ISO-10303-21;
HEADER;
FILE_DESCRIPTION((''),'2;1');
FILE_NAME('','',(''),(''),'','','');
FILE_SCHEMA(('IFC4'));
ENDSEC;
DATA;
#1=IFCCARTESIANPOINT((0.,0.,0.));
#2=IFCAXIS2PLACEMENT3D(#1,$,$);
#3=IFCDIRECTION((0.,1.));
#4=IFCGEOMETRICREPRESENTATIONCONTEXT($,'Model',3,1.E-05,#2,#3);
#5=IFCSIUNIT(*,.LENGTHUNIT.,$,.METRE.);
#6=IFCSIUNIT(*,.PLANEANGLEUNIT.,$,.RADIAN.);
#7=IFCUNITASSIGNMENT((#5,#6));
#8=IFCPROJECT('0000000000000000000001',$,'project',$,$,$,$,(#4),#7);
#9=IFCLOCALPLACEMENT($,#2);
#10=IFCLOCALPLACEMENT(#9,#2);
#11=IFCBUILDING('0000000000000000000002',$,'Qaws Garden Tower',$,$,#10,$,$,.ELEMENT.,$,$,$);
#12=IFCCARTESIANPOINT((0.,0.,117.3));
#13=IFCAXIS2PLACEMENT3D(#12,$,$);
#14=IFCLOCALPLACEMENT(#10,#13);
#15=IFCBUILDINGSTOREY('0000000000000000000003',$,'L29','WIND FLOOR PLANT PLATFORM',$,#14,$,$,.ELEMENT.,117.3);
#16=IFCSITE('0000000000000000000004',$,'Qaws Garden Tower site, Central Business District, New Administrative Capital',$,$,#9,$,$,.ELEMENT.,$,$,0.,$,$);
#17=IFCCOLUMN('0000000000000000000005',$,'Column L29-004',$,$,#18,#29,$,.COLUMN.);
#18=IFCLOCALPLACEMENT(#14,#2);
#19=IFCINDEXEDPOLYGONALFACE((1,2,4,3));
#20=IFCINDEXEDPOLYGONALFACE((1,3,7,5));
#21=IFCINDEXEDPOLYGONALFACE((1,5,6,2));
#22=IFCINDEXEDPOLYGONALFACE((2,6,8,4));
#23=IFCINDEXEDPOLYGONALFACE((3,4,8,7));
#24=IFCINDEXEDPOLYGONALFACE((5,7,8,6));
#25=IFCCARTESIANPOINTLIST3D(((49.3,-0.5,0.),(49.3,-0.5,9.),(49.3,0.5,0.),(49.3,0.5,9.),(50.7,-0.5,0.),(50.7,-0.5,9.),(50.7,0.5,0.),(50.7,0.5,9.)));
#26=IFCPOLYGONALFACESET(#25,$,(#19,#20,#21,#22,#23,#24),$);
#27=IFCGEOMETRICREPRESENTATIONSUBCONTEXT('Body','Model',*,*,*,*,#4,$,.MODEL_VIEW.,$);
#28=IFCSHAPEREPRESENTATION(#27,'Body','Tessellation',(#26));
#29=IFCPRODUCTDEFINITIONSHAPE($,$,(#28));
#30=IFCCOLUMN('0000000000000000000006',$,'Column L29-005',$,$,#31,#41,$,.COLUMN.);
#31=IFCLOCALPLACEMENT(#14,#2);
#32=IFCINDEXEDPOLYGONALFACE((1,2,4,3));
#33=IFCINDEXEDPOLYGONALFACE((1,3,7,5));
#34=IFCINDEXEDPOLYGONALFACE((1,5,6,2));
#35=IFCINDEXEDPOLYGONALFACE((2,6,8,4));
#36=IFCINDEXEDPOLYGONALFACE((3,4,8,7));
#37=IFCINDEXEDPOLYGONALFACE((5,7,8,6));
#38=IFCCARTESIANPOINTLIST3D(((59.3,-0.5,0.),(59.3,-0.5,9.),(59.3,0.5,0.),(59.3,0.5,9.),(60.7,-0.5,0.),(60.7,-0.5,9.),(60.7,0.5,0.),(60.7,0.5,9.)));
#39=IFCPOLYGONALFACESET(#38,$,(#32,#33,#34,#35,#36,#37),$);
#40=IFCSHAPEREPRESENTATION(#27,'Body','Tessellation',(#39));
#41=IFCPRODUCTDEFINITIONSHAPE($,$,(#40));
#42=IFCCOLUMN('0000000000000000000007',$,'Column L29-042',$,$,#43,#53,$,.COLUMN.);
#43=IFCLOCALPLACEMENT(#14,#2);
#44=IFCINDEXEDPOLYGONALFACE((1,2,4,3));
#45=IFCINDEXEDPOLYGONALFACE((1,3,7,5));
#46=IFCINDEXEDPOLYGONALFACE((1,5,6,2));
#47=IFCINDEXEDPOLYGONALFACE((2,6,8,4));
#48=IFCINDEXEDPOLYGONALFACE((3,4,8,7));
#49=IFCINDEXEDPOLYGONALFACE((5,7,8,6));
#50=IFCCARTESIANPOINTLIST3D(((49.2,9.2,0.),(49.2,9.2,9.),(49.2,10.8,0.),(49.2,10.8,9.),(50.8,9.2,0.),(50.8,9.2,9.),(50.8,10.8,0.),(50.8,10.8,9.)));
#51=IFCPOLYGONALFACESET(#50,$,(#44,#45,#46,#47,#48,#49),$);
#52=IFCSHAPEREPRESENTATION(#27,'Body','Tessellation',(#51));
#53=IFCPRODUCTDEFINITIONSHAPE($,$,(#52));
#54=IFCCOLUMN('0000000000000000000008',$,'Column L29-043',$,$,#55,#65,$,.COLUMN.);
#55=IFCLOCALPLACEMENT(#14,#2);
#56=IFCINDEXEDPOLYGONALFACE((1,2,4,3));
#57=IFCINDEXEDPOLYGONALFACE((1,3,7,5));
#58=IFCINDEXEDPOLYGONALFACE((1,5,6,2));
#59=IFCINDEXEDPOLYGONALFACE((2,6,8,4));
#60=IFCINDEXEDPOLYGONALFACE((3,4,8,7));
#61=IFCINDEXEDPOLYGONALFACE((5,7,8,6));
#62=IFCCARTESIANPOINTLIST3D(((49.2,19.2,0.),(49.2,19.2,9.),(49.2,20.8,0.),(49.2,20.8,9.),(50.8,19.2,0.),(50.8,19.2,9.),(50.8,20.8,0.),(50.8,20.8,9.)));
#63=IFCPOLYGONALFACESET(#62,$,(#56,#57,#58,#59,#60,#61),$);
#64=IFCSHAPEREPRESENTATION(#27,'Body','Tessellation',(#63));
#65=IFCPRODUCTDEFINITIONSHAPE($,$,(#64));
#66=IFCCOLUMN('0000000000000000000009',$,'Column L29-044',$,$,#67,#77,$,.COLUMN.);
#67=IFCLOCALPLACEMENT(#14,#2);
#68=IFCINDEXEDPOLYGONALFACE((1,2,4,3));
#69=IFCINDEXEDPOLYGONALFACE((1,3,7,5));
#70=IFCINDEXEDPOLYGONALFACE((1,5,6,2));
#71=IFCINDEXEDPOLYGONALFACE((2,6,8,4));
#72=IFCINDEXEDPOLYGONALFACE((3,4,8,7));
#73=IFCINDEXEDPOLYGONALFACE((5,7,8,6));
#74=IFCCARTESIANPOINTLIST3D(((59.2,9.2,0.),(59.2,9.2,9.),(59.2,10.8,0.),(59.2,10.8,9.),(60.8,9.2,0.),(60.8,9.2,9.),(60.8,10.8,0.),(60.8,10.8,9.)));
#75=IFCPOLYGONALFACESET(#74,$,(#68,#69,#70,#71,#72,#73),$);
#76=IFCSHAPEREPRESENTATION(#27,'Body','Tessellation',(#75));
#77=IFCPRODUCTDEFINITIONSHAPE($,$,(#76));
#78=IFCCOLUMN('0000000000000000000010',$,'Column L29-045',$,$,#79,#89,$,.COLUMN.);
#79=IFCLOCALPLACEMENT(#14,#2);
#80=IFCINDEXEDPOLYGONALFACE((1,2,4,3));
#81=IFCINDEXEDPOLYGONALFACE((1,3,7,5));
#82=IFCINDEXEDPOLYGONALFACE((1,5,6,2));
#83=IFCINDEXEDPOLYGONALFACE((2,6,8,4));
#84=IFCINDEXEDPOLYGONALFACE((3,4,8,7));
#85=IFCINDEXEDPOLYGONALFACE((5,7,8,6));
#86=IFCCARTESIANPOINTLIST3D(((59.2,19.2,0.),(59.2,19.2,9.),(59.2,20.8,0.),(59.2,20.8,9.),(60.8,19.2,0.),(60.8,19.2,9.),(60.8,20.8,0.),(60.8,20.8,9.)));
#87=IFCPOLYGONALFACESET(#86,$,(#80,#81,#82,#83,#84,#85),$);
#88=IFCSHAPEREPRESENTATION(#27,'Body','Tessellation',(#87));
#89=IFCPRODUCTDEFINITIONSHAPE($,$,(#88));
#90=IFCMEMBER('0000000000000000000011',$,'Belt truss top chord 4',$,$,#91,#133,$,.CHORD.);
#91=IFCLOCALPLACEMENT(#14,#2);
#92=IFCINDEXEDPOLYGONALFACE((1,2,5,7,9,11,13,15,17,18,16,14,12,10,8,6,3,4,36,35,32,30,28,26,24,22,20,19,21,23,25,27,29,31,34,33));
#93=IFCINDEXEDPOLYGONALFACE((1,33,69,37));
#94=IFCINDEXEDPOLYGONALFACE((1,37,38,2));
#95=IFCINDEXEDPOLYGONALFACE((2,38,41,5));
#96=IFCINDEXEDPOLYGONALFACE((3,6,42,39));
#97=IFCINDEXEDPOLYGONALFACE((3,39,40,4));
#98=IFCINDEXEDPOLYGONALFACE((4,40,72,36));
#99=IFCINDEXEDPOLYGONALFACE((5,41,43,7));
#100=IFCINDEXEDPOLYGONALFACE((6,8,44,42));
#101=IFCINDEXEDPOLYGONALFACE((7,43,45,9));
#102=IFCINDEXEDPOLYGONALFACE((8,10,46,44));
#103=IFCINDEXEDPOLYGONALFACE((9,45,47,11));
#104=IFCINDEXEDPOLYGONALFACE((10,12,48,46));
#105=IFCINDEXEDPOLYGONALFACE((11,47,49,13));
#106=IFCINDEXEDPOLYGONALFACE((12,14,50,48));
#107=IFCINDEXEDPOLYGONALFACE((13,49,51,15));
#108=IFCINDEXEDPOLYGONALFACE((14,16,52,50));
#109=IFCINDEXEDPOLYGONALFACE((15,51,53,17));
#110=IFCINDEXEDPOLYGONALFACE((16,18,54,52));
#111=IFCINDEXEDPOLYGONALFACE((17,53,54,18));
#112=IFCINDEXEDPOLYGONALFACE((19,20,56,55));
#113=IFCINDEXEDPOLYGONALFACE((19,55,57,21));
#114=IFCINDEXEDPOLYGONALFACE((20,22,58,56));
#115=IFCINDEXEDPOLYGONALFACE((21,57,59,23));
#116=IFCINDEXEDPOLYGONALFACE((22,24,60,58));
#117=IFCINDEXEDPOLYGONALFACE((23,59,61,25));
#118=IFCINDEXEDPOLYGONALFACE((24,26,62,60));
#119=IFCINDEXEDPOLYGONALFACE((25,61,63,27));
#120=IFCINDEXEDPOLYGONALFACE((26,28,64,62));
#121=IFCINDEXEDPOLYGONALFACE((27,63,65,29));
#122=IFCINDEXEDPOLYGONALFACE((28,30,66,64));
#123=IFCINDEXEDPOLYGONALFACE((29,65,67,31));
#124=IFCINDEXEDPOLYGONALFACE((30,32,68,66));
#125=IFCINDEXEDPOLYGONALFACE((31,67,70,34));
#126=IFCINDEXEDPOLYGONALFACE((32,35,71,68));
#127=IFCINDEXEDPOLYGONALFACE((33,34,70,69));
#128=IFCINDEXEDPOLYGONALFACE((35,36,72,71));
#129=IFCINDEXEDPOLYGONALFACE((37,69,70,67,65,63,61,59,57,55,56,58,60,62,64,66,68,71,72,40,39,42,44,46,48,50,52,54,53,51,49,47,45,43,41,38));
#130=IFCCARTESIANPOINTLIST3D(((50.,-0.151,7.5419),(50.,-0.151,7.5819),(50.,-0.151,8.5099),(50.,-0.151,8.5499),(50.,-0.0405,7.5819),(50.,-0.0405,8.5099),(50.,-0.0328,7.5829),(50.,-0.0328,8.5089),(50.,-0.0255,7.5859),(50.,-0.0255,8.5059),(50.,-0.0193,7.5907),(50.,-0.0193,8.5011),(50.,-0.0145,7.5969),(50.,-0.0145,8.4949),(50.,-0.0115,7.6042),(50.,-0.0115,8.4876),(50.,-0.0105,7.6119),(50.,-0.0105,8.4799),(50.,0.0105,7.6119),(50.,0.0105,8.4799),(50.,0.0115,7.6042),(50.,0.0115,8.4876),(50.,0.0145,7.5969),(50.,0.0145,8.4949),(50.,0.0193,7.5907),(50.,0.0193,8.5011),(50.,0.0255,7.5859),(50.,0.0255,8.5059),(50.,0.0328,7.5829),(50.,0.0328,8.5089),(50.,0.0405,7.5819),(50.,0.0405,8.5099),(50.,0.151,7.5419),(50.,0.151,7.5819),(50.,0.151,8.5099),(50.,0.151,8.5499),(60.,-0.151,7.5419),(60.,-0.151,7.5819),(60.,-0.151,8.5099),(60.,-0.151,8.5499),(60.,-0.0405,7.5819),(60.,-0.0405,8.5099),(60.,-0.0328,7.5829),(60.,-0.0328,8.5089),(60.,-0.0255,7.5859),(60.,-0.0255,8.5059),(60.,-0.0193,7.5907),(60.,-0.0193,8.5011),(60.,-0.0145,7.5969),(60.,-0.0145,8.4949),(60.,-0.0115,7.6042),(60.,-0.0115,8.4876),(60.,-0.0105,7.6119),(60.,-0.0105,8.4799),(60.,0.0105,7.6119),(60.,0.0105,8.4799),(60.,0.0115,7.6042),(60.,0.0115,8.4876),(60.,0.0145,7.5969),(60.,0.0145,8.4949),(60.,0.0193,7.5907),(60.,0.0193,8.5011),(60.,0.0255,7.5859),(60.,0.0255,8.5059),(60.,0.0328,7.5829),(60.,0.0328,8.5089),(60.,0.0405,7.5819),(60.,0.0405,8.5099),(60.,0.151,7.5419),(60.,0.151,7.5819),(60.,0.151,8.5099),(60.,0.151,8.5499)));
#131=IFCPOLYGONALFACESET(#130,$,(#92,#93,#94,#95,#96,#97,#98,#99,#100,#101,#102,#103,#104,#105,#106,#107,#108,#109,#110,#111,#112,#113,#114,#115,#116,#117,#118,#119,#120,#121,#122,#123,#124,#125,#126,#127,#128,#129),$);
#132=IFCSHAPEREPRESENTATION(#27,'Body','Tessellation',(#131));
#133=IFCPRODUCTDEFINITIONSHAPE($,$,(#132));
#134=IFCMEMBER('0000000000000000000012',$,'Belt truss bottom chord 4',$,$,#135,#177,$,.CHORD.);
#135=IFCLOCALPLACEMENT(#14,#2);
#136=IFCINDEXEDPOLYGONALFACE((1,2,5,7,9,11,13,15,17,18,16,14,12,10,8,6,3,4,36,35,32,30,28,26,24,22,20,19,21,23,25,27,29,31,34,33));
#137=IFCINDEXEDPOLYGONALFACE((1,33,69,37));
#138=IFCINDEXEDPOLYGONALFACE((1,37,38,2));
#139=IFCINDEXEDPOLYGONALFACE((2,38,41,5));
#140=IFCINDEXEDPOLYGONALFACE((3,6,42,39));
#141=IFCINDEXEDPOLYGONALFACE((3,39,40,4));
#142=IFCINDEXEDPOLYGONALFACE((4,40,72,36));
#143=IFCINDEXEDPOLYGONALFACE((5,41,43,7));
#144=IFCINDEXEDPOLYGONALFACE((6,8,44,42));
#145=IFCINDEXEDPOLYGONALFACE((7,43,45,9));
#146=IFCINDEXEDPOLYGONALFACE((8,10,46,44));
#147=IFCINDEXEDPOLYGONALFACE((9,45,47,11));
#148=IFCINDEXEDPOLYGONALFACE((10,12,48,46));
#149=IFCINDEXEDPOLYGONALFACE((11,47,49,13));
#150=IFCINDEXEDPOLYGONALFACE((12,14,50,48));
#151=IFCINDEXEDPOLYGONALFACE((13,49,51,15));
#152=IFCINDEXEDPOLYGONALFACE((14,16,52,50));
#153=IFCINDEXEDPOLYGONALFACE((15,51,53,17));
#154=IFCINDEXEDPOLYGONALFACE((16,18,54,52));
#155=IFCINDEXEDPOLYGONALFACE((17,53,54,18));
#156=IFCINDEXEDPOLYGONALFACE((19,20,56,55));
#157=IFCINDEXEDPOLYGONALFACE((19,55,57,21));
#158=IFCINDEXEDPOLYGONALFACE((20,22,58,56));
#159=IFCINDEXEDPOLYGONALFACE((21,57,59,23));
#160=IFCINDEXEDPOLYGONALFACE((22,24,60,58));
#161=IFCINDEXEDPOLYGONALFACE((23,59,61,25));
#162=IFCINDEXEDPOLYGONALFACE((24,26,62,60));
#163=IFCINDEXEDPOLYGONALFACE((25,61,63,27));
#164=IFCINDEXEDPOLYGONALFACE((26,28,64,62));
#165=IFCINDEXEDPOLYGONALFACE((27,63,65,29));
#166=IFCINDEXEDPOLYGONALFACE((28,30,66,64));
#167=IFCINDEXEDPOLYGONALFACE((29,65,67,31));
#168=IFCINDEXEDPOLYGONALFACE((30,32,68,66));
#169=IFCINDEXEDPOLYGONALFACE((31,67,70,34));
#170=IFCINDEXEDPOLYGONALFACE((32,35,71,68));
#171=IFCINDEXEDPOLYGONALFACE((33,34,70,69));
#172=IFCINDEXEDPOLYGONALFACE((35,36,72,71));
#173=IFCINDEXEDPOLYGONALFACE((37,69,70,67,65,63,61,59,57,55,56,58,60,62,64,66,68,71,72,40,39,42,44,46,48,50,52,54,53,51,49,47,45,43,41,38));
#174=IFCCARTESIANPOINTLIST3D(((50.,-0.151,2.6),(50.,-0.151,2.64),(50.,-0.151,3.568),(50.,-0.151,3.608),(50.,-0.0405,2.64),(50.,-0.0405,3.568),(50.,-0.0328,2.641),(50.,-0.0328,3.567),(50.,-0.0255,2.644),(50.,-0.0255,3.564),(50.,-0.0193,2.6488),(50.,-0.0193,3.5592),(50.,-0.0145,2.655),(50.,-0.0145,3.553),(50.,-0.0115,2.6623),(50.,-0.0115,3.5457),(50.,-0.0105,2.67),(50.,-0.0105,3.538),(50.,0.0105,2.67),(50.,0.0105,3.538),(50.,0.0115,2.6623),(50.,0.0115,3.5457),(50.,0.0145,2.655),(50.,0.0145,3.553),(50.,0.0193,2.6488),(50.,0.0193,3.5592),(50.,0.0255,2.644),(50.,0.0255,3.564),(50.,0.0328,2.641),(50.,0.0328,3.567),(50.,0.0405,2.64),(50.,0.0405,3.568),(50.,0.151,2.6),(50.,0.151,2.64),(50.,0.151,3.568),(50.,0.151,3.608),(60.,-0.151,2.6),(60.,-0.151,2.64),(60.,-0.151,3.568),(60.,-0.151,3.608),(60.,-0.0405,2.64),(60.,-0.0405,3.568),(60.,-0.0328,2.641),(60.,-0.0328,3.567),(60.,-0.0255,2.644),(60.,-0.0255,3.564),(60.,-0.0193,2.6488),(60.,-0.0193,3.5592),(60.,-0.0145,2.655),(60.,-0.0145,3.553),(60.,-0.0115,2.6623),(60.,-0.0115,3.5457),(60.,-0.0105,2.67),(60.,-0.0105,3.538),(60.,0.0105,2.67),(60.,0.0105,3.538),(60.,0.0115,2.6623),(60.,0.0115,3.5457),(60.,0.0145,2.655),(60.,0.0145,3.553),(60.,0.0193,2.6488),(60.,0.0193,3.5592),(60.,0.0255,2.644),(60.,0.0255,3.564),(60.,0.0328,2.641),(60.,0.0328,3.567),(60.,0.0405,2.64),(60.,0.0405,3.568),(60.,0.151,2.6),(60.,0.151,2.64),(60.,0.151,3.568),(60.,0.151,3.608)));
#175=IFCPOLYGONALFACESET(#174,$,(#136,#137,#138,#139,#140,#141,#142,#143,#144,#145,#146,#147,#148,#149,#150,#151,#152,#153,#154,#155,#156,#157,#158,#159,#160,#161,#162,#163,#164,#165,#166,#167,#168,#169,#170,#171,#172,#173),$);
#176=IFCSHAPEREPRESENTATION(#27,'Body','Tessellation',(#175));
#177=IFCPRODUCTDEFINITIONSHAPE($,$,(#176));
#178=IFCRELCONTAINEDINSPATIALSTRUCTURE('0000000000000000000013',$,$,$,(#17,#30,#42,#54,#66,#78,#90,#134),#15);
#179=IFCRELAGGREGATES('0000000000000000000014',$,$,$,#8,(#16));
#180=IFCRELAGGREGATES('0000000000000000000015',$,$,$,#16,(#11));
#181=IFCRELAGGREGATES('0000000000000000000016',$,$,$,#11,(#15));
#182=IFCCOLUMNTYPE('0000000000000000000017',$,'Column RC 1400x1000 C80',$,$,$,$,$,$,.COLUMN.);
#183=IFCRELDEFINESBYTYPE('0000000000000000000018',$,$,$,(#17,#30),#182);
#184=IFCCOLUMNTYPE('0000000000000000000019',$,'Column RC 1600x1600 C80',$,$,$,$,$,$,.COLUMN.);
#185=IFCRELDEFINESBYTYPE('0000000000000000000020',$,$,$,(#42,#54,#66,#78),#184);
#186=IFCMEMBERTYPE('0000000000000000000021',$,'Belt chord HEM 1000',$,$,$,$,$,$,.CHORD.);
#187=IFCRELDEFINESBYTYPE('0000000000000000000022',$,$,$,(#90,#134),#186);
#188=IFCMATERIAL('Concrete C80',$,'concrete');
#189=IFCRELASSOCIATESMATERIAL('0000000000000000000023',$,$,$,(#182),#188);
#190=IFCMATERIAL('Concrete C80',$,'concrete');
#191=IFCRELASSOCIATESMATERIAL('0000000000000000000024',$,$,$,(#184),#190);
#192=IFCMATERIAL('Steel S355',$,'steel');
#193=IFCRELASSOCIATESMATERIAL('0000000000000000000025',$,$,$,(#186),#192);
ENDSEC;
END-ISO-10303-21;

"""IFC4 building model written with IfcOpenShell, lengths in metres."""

from ifc_helpers import new_model, si_unit, direction, frame, origin, origin_2d, place, context, subcontext, project, spatial, rectangle, i_section, extrude, material, material_profile, profile_set, type_object, element, save


model = new_model("IFC4")

# Units and contexts
model_context = context("Model", 3, precision=1e-05, world=origin(), true_north=direction((0.0, 1.0)))
body_context = subcontext(model_context, "Body", "Model", "MODEL_VIEW")
ifc_project = project(units=[si_unit("LENGTHUNIT", "METRE"), si_unit("PLANEANGLEUNIT", "RADIAN")], contexts=[model_context])

# Site, building, storey
site_placement = place(None, origin())
site = spatial("IfcSite", under=ifc_project, at=site_placement, Name="Qaws Garden Tower site, Central Business District, New Administrative Capital", CompositionType="ELEMENT", RefElevation=0.0)
building_placement = place(site_placement, origin())
building = spatial("IfcBuilding", under=site, at=building_placement, Name="Qaws Garden Tower", CompositionType="ELEMENT")
storey_placement = place(building_placement, frame((0.0, 0.0, 117.3)))
storey = spatial("IfcBuildingStorey", under=building, at=storey_placement, Name="L29", Description="WIND FLOOR PLANT PLATFORM", CompositionType="ELEMENT", Elevation=117.3)

# Columns
ifc_material_1 = material(Name="Concrete C80", Category="concrete")
ifc_material_profile_1 = material_profile(ifc_material_1, rectangle(XDim=1.3999, YDim=1.0, at=origin_2d()), Name="RC 1400x1000")
ifc_profile_set_1 = profile_set([ifc_material_profile_1], Name="Concrete C80")
column_type_1 = type_object("IfcColumnType", Name="Column RC 1400x1000 C80", PredefinedType="COLUMN", material=ifc_profile_set_1)
for number, where, z_axis, x_axis, name in (
    (1, (50.0, 0.0, 0.0), (0.0, 0.0, 1.0), (1.0, 0.0, 0.0), "Column L29-004"),
    (2, (60.0, 0.0, 0.0), (0.0, 0.0, 1.0), (1.0, 0.0, 0.0), "Column L29-005"),
):
    element("IfcColumn", number, at=place(storey_placement, frame(where, z_axis=z_axis, x_axis=x_axis)), inside=storey, type_object=column_type_1, Name=name, PredefinedType="COLUMN", context=body_context, shape_type="SweptSolid", body=[
        extrude(rectangle(XDim=1.3999, YDim=1.0, at=origin_2d()), origin(), (0.0, 0.0, 1.0), 9.0),
    ])
ifc_material_2 = material(Name="Concrete C80", Category="concrete")
ifc_material_profile_2 = material_profile(ifc_material_2, rectangle(XDim=1.6001, YDim=1.6001, at=origin_2d()), Name="RC 1600x1600")
ifc_profile_set_2 = profile_set([ifc_material_profile_2], Name="Concrete C80")
column_type_2 = type_object("IfcColumnType", Name="Column RC 1600x1600 C80", PredefinedType="COLUMN", material=ifc_profile_set_2)
for number, where, z_axis, x_axis, name in (
    (3, (50.0, 10.0, 0.0), (0.0, 0.0, 1.0), (1.0, 0.0, 0.0), "Column L29-042"),
    (4, (50.0, 20.0, 0.0), (0.0, 0.0, 1.0), (1.0, 0.0, 0.0), "Column L29-043"),
    (5, (60.0, 10.0, 0.0), (0.0, 0.0, 1.0), (1.0, 0.0, 0.0), "Column L29-044"),
    (6, (60.0, 20.0, 0.0), (0.0, 0.0, 1.0), (1.0, 0.0, 0.0), "Column L29-045"),
):
    element("IfcColumn", number, at=place(storey_placement, frame(where, z_axis=z_axis, x_axis=x_axis)), inside=storey, type_object=column_type_2, Name=name, PredefinedType="COLUMN", context=body_context, shape_type="SweptSolid", body=[
        extrude(rectangle(XDim=1.6001, YDim=1.6001, at=origin_2d()), origin(), (0.0, 0.0, 1.0), 9.0),
    ])

# Members
ifc_material_3 = material(Name="Steel S355", Category="steel")
ifc_material_profile_3 = material_profile(ifc_material_3, i_section(OverallWidth=0.302, OverallDepth=1.0081, WebThickness=0.021, FlangeThickness=0.04, FilletRadius=0.03, at=origin_2d()), Name="HEM 1000")
ifc_profile_set_3 = profile_set([ifc_material_profile_3], Name="Steel S355")
member_type_1 = type_object("IfcMemberType", Name="Belt chord HEM 1000", PredefinedType="CHORD", material=ifc_profile_set_3)
for number, where, z_axis, x_axis, name in (
    (7, (50.0, 0.0, 8.0459), (1.0, 0.0, 0.0), (0.0, 1.0, 0.0), "Belt truss top chord 4"),
    (8, (50.0, 0.0, 3.104), (1.0, 0.0, 0.0), (0.0, 1.0, 0.0), "Belt truss bottom chord 4"),
):
    element("IfcMember", number, at=place(storey_placement, frame(where, z_axis=z_axis, x_axis=x_axis)), inside=storey, type_object=member_type_1, Name=name, PredefinedType="CHORD", context=body_context, shape_type="SweptSolid", body=[
        extrude(i_section(OverallWidth=0.302, OverallDepth=1.0081, WebThickness=0.021, FlangeThickness=0.04, FilletRadius=0.03, at=origin_2d()), origin(), (0.0, 0.0, 1.0), 10.0),
    ])

save(model, "model.ifc")
